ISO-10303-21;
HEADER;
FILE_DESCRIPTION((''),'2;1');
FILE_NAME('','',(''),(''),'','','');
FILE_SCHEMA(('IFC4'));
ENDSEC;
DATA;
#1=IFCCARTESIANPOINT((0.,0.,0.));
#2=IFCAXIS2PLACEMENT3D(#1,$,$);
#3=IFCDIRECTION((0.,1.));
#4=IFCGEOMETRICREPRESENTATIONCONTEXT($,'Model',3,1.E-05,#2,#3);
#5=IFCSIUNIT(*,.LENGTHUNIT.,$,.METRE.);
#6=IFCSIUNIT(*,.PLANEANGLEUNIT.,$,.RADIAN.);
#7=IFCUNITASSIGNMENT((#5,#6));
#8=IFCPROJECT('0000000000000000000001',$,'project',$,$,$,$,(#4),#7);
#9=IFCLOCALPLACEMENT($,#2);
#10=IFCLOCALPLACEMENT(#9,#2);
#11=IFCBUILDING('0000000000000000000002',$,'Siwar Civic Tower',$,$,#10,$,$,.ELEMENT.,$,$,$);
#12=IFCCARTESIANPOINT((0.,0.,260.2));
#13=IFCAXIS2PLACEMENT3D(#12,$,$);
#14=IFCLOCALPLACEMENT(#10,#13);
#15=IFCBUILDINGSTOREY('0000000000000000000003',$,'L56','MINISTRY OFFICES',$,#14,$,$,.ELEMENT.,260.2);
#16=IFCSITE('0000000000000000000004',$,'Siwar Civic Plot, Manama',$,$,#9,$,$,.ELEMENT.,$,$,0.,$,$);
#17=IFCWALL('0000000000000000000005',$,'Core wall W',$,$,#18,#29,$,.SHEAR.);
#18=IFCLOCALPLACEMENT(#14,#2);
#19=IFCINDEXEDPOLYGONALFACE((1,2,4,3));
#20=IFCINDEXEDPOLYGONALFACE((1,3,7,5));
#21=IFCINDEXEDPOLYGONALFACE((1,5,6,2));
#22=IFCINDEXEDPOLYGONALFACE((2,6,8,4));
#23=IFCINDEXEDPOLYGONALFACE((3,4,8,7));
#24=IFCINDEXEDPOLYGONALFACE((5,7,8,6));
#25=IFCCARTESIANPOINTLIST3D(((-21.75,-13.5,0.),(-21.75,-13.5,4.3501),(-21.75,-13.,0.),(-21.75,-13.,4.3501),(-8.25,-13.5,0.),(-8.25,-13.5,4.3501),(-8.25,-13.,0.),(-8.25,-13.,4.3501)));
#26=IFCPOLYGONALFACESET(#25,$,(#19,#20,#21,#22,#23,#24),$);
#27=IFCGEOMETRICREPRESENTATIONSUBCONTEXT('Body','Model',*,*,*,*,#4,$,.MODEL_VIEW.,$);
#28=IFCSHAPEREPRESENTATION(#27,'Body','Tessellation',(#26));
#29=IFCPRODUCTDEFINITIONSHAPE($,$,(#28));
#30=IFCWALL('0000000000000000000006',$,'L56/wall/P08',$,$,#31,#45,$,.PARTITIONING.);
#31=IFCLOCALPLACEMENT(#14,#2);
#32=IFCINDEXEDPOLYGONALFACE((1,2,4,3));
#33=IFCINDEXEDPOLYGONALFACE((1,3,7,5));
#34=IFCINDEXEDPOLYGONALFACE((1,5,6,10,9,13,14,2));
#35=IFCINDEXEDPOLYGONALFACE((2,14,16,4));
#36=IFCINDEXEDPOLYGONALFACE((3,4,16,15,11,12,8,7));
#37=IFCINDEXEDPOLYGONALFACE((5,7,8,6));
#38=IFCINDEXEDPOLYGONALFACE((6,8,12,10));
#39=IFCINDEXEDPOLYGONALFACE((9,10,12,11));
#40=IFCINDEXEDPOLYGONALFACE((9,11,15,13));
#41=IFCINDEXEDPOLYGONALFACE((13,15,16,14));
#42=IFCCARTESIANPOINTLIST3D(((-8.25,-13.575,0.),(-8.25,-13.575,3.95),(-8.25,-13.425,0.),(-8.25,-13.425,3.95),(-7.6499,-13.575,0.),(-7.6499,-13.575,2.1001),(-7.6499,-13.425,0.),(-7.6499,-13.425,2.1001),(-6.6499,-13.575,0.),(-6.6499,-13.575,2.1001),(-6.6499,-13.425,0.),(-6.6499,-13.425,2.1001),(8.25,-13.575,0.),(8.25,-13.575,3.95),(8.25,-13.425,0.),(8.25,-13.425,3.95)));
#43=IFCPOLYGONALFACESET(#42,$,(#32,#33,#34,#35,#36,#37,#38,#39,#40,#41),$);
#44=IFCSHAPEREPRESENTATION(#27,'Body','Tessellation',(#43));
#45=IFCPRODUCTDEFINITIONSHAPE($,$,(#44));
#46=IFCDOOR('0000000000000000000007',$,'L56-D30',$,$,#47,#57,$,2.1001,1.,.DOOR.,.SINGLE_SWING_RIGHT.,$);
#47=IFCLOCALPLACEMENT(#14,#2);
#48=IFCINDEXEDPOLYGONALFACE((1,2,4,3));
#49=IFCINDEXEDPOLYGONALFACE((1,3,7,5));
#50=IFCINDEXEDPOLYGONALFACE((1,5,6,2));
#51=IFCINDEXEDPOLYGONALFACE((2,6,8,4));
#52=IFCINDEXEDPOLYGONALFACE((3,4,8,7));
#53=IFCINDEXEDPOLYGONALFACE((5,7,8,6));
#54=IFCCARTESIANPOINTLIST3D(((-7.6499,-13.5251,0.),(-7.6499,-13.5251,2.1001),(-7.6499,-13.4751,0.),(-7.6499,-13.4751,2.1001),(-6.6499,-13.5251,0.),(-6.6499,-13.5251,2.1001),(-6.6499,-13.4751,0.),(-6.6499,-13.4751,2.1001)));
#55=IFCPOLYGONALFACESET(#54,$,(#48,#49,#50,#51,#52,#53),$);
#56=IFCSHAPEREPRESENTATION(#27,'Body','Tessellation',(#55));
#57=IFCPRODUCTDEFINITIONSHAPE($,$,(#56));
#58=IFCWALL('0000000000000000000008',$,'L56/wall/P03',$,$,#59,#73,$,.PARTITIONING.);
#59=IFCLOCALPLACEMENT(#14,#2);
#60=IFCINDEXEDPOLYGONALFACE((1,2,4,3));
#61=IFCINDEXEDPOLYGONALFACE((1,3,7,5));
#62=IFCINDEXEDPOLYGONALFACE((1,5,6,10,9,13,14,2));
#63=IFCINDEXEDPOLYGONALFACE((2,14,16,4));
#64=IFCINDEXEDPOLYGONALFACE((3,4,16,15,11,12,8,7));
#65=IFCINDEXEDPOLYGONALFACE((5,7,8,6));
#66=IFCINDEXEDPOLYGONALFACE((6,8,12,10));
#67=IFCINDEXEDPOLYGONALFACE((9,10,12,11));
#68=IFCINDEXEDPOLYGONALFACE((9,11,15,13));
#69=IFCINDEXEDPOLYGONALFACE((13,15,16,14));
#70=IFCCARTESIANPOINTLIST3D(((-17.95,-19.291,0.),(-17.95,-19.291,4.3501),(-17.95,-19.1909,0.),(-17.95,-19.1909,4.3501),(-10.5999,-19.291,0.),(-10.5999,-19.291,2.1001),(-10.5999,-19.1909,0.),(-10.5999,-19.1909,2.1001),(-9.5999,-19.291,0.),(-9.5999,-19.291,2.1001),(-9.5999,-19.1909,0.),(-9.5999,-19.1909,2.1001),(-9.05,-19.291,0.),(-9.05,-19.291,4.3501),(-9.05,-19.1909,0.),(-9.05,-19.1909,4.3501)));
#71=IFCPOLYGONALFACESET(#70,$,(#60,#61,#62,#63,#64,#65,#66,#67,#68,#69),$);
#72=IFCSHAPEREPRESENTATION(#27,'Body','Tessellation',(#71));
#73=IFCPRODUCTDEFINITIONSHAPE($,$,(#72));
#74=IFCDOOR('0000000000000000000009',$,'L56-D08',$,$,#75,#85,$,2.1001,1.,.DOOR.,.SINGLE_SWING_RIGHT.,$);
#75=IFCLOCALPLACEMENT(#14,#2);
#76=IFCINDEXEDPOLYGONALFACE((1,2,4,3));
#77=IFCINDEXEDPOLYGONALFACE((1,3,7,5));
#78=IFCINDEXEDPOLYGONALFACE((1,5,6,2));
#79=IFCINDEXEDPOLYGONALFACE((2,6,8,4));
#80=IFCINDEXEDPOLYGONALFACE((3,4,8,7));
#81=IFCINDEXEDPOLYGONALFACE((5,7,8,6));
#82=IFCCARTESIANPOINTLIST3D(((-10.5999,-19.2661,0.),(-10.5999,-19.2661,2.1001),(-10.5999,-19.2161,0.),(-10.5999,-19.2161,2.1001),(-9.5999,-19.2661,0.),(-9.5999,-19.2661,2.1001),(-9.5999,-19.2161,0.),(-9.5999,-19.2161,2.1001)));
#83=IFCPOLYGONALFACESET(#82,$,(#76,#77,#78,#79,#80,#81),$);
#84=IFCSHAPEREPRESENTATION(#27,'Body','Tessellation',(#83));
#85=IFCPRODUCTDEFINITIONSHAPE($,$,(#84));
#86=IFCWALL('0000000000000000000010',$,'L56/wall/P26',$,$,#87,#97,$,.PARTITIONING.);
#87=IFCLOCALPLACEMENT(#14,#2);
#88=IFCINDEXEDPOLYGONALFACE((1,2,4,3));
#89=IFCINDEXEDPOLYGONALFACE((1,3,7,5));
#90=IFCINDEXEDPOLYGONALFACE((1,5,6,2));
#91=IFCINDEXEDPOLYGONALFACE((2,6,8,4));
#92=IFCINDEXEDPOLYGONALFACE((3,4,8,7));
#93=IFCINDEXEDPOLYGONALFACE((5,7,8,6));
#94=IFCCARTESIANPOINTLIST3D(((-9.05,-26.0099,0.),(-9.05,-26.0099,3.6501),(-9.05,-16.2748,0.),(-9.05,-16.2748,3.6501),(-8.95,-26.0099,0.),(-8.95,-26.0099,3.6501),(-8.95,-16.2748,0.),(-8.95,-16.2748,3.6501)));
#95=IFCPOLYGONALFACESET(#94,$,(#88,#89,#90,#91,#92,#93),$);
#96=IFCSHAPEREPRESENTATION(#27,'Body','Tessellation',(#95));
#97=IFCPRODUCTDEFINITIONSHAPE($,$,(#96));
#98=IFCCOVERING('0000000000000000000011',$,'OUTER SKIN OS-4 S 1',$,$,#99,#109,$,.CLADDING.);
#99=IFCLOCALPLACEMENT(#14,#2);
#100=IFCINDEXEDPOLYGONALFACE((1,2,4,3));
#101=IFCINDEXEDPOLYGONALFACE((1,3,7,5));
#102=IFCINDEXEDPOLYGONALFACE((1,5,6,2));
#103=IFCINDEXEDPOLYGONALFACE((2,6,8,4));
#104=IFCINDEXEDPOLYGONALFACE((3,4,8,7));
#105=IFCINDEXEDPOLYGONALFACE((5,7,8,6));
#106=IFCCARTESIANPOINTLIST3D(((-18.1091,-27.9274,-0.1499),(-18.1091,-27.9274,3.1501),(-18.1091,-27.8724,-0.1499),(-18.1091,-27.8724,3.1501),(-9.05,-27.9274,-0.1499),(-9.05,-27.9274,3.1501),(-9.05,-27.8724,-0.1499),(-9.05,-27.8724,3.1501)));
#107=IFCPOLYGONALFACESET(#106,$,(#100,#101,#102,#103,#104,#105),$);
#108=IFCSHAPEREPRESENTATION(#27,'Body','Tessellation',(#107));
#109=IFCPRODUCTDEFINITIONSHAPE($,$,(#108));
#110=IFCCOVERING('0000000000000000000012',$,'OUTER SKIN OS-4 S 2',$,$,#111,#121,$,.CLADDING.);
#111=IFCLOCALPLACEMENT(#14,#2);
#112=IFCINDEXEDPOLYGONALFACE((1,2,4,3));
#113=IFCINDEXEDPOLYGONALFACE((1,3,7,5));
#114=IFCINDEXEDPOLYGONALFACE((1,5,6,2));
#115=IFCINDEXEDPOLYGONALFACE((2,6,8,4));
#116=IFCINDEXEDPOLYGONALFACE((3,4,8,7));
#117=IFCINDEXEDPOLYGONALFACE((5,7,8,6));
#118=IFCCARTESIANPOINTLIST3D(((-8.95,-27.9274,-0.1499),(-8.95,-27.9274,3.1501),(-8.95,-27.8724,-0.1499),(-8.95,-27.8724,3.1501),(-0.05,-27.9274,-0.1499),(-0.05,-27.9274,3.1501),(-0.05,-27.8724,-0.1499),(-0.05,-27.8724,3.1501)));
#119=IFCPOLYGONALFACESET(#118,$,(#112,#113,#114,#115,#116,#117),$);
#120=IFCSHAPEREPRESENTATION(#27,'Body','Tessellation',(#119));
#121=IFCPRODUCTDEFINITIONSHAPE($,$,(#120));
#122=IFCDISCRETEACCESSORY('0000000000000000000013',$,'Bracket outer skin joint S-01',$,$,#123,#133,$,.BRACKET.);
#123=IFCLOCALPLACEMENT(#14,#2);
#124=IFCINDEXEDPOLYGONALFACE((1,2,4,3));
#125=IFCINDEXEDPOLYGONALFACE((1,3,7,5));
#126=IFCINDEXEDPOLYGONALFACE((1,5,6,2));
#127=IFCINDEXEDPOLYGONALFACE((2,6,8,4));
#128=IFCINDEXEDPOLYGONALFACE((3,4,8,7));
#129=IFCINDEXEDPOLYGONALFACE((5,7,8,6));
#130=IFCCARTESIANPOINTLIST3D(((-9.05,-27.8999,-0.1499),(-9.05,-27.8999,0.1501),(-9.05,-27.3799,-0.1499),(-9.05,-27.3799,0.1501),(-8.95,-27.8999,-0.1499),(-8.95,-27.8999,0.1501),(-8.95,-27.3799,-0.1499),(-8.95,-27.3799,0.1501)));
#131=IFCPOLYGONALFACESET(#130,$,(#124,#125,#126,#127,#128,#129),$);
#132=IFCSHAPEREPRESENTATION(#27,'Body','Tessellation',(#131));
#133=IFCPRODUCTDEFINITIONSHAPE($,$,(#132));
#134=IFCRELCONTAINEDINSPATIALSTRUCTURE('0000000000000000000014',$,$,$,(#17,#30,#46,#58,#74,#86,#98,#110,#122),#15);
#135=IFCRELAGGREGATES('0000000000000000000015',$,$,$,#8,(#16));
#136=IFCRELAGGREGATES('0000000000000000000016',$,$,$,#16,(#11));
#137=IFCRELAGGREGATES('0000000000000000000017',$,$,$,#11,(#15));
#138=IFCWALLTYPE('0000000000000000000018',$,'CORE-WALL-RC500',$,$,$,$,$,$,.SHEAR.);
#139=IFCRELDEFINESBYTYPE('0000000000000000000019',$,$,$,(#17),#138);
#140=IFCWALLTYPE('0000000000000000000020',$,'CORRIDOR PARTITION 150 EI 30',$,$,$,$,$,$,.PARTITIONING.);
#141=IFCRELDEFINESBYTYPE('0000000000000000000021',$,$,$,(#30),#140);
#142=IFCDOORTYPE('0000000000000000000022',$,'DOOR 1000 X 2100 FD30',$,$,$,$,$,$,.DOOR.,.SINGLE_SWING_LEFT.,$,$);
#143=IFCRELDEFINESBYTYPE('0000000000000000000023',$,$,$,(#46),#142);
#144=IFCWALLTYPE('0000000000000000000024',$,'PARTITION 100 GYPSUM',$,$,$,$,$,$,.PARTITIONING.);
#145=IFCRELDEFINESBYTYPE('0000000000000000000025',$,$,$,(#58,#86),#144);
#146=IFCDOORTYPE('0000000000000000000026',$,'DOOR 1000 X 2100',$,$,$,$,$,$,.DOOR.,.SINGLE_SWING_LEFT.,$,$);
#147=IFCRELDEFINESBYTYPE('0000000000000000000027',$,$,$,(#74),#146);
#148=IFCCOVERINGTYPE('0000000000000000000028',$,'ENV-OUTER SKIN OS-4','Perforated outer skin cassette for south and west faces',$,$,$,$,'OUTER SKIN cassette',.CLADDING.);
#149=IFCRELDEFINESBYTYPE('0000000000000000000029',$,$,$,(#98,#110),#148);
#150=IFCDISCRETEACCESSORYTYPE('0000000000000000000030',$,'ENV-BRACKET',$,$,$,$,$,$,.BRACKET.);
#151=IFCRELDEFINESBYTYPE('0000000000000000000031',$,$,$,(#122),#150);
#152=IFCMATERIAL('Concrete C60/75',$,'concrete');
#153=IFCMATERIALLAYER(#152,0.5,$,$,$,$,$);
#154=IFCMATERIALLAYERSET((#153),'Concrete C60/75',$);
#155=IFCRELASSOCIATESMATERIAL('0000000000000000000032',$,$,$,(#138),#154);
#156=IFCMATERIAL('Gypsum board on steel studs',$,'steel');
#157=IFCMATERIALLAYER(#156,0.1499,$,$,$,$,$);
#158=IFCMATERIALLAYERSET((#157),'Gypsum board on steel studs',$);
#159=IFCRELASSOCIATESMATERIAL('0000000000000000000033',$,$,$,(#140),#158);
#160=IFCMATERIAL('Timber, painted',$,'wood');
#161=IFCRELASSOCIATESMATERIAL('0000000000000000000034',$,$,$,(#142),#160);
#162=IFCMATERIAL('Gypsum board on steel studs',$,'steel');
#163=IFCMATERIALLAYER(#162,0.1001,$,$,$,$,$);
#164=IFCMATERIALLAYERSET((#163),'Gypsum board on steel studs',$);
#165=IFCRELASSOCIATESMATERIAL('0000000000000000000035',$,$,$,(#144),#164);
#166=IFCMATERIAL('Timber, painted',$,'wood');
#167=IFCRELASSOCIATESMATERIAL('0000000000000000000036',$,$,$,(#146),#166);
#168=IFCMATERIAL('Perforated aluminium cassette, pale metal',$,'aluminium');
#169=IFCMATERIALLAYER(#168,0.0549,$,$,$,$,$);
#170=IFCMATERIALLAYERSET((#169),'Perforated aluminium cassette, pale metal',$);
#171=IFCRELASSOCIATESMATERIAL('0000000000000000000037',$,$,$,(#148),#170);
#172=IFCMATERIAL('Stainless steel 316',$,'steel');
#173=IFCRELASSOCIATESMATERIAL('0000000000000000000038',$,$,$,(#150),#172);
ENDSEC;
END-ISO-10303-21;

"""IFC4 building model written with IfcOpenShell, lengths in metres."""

from ifc_helpers import new_model, si_unit, direction, frame, frame_2d, origin, origin_2d, place, context, subcontext, project, spatial, rectangle, extrude, material, layer, layer_set, type_object, element, fill, save


model = new_model("IFC4")

# Units and contexts
model_context = context("Model", 3, precision=1e-05, world=origin(), true_north=direction((0.0, 1.0)))
body_context = subcontext(model_context, "Body", "Model", "MODEL_VIEW")
ifc_project = project(units=[si_unit("LENGTHUNIT", "METRE"), si_unit("PLANEANGLEUNIT", "RADIAN")], contexts=[model_context])

# Site, building, storey
site_placement = place(None, origin())
site = spatial("IfcSite", under=ifc_project, at=site_placement, Name="Siwar Civic Plot, Manama", CompositionType="ELEMENT", RefElevation=0.0)
building_placement = place(site_placement, origin())
building = spatial("IfcBuilding", under=site, at=building_placement, Name="Siwar Civic Tower", CompositionType="ELEMENT")
storey_placement = place(building_placement, frame((0.0, 0.0, 260.2)))
storey = spatial("IfcBuildingStorey", under=building, at=storey_placement, Name="L56", Description="MINISTRY OFFICES", CompositionType="ELEMENT", Elevation=260.2)

# Wall
ifc_material_1 = material(Name="Concrete C60/75", Category="concrete")
ifc_layer_1 = layer(ifc_material_1, 0.5)
ifc_layer_set_1 = layer_set([ifc_layer_1], Name="Concrete C60/75")
wall_type_1 = type_object("IfcWallType", Name="CORE-WALL-RC500", PredefinedType="SHEAR", material=ifc_layer_set_1)
wall_1_placement = place(storey_placement, frame((-8.25, -13.25, 0.0), z_axis=(0.0, 0.0, 1.0), x_axis=(-1.0, 0.0, 0.0)))
element("IfcWall", 1, at=wall_1_placement, inside=storey, type_object=wall_type_1, Name="Core wall W", PredefinedType="SHEAR", context=body_context, shape_type="SweptSolid", body=[
    extrude(rectangle(XDim=13.5, YDim=0.5, at=frame_2d((6.75, 0.0))), origin(), (0.0, 0.0, 1.0), 4.3501),
])

# Walls, openings, doors
ifc_material_2 = material(Name="Gypsum board on steel studs", Category="steel")
ifc_layer_2 = layer(ifc_material_2, 0.1499)
ifc_layer_set_2 = layer_set([ifc_layer_2], Name="Gypsum board on steel studs")
wall_type_2 = type_object("IfcWallType", Name="CORRIDOR PARTITION 150 EI 30", PredefinedType="PARTITIONING", material=ifc_layer_set_2)
wall_2_placement = place(storey_placement, frame((-8.25, -13.5, 0.0), z_axis=(0.0, 0.0, 1.0), x_axis=(1.0, 0.0, 0.0)))
wall_2 = element("IfcWall", 2, at=wall_2_placement, inside=storey, type_object=wall_type_2, Name="L56/wall/P08", PredefinedType="PARTITIONING", context=body_context, shape_type="SweptSolid", body=[
    extrude(rectangle(XDim=16.5, YDim=0.1499, at=frame_2d((8.25, 0.0))), origin(), (0.0, 0.0, 1.0), 3.95),
])
opening_1_placement = place(wall_2_placement, frame((0.6001, 0.0, 0.0)))
opening_1 = element("IfcOpeningElement", 3, at=opening_1_placement, cuts=wall_2, PredefinedType="OPENING", context=body_context, shape_type="SweptSolid", body=[
    extrude(rectangle(XDim=1.0, YDim=2.1001, at=frame_2d((0.5, 1.05))), frame((0.0, 0.085, 0.0), z_axis=(0.0, -1.0, 0.0), x_axis=(1.0, 0.0, 0.0)), (0.0, 0.0, 1.0), 0.1699),
])
ifc_material_3 = material(Name="Timber, painted", Category="wood")
door_type_1 = type_object("IfcDoorType", Name="DOOR 1000 X 2100 FD30", OperationType="SINGLE_SWING_LEFT", PredefinedType="DOOR", material=ifc_material_3)
door_1_placement = place(opening_1_placement, origin())
door_1 = element("IfcDoor", 4, at=door_1_placement, inside=storey, type_object=door_type_1, Name="L56-D30", OperationType="SINGLE_SWING_RIGHT", OverallHeight=2.1001, OverallWidth=1.0, PredefinedType="DOOR", context=body_context, shape_type="SweptSolid", body=[
    extrude(rectangle(XDim=1.0, YDim=2.1001, at=frame_2d((0.5, 1.05))), frame((0.0, 0.0249, 0.0), z_axis=(0.0, -1.0, 0.0), x_axis=(1.0, 0.0, 0.0)), (0.0, 0.0, 1.0), 0.05),
])
fill(opening_1, door_1)
ifc_material_4 = material(Name="Gypsum board on steel studs", Category="steel")
ifc_layer_3 = layer(ifc_material_4, 0.1001)
ifc_layer_set_3 = layer_set([ifc_layer_3], Name="Gypsum board on steel studs")
wall_type_3 = type_object("IfcWallType", Name="PARTITION 100 GYPSUM", PredefinedType="PARTITIONING", material=ifc_layer_set_3)
wall_3_placement = place(storey_placement, frame((-17.95, -19.241, 0.0), z_axis=(0.0, 0.0, 1.0), x_axis=(1.0, 0.0, 0.0)))
wall_3 = element("IfcWall", 5, at=wall_3_placement, inside=storey, type_object=wall_type_3, Name="L56/wall/P03", PredefinedType="PARTITIONING", context=body_context, shape_type="SweptSolid", body=[
    extrude(rectangle(XDim=8.8999, YDim=0.1001, at=frame_2d((4.45, 0.0))), origin(), (0.0, 0.0, 1.0), 4.3501),
])
opening_2_placement = place(wall_3_placement, frame((7.3501, 0.0, 0.0)))
opening_2 = element("IfcOpeningElement", 6, at=opening_2_placement, cuts=wall_3, PredefinedType="OPENING", context=body_context, shape_type="SweptSolid", body=[
    extrude(rectangle(XDim=1.0, YDim=2.1001, at=frame_2d((0.5, 1.05))), frame((0.0, 0.0601, 0.0), z_axis=(0.0, -1.0, 0.0), x_axis=(1.0, 0.0, 0.0)), (0.0, 0.0, 1.0), 0.1201),
])
ifc_material_5 = material(Name="Timber, painted", Category="wood")
door_type_2 = type_object("IfcDoorType", Name="DOOR 1000 X 2100", OperationType="SINGLE_SWING_LEFT", PredefinedType="DOOR", material=ifc_material_5)
door_2_placement = place(opening_2_placement, origin())
door_2 = element("IfcDoor", 7, at=door_2_placement, inside=storey, type_object=door_type_2, Name="L56-D08", OperationType="SINGLE_SWING_RIGHT", OverallHeight=2.1001, OverallWidth=1.0, PredefinedType="DOOR", context=body_context, shape_type="SweptSolid", body=[
    extrude(rectangle(XDim=1.0, YDim=2.1001, at=frame_2d((0.5, 1.05))), frame((0.0, 0.0249, 0.0), z_axis=(0.0, -1.0, 0.0), x_axis=(1.0, 0.0, 0.0)), (0.0, 0.0, 1.0), 0.05),
])
fill(opening_2, door_2)

# Wall
wall_4_placement = place(storey_placement, frame((-9.0, -26.01, 0.0), z_axis=(0.0, 0.0, 1.0), x_axis=(0.0, 1.0, 0.0)))
element("IfcWall", 8, at=wall_4_placement, inside=storey, type_object=wall_type_3, Name="L56/wall/P26", PredefinedType="PARTITIONING", context=body_context, shape_type="SweptSolid", body=[
    extrude(rectangle(XDim=9.7351, YDim=0.1001, at=frame_2d((4.8677, 0.0))), origin(), (0.0, 0.0, 1.0), 3.6501),
])

# Coverings
ifc_material_6 = material(Name="Perforated aluminium cassette, pale metal", Category="aluminium")
ifc_layer_4 = layer(ifc_material_6, 0.0549)
ifc_layer_set_4 = layer_set([ifc_layer_4], Name="Perforated aluminium cassette, pale metal")
covering_type = type_object("IfcCoveringType", Name="ENV-OUTER SKIN OS-4", Description="Perforated outer skin cassette for south and west faces", ElementType="OUTER SKIN cassette", PredefinedType="CLADDING", material=ifc_layer_set_4)
covering_1_placement = place(storey_placement, frame((-13.5796, -27.8999, -0.1499), z_axis=(0.0, 0.0, 1.0), x_axis=(1.0, 0.0, 0.0)))
element("IfcCovering", 9, at=covering_1_placement, inside=storey, type_object=covering_type, Name="OUTER SKIN OS-4 S 1", PredefinedType="CLADDING", context=body_context, shape_type="SweptSolid", body=[
    extrude(rectangle(XDim=9.0591, YDim=0.0549, at=origin_2d()), origin(), (0.0, 0.0, 1.0), 3.3),
])
covering_2_placement = place(storey_placement, frame((-4.5, -27.8999, -0.1499), z_axis=(0.0, 0.0, 1.0), x_axis=(1.0, 0.0, 0.0)))
element("IfcCovering", 10, at=covering_2_placement, inside=storey, type_object=covering_type, Name="OUTER SKIN OS-4 S 2", PredefinedType="CLADDING", context=body_context, shape_type="SweptSolid", body=[
    extrude(rectangle(XDim=8.8999, YDim=0.0549, at=origin_2d()), origin(), (0.0, 0.0, 1.0), 3.3),
])

# Discrete accessory
ifc_material_7 = material(Name="Stainless steel 316", Category="steel")
discrete_accessory_type = type_object("IfcDiscreteAccessoryType", Name="ENV-BRACKET", PredefinedType="BRACKET", material=ifc_material_7)
discrete_accessory_placement = place(storey_placement, frame((-9.0, -27.6399, -0.1499), z_axis=(0.0, 0.0, 1.0), x_axis=(0.0, -1.0, 0.0)))
element("IfcDiscreteAccessory", 11, at=discrete_accessory_placement, inside=storey, type_object=discrete_accessory_type, Name="Bracket outer skin joint S-01", PredefinedType="BRACKET", context=body_context, shape_type="SweptSolid", body=[
    extrude(rectangle(XDim=0.52, YDim=0.1001, at=origin_2d()), origin(), (0.0, 0.0, 1.0), 0.3),
])

save(model, "model.ifc")
